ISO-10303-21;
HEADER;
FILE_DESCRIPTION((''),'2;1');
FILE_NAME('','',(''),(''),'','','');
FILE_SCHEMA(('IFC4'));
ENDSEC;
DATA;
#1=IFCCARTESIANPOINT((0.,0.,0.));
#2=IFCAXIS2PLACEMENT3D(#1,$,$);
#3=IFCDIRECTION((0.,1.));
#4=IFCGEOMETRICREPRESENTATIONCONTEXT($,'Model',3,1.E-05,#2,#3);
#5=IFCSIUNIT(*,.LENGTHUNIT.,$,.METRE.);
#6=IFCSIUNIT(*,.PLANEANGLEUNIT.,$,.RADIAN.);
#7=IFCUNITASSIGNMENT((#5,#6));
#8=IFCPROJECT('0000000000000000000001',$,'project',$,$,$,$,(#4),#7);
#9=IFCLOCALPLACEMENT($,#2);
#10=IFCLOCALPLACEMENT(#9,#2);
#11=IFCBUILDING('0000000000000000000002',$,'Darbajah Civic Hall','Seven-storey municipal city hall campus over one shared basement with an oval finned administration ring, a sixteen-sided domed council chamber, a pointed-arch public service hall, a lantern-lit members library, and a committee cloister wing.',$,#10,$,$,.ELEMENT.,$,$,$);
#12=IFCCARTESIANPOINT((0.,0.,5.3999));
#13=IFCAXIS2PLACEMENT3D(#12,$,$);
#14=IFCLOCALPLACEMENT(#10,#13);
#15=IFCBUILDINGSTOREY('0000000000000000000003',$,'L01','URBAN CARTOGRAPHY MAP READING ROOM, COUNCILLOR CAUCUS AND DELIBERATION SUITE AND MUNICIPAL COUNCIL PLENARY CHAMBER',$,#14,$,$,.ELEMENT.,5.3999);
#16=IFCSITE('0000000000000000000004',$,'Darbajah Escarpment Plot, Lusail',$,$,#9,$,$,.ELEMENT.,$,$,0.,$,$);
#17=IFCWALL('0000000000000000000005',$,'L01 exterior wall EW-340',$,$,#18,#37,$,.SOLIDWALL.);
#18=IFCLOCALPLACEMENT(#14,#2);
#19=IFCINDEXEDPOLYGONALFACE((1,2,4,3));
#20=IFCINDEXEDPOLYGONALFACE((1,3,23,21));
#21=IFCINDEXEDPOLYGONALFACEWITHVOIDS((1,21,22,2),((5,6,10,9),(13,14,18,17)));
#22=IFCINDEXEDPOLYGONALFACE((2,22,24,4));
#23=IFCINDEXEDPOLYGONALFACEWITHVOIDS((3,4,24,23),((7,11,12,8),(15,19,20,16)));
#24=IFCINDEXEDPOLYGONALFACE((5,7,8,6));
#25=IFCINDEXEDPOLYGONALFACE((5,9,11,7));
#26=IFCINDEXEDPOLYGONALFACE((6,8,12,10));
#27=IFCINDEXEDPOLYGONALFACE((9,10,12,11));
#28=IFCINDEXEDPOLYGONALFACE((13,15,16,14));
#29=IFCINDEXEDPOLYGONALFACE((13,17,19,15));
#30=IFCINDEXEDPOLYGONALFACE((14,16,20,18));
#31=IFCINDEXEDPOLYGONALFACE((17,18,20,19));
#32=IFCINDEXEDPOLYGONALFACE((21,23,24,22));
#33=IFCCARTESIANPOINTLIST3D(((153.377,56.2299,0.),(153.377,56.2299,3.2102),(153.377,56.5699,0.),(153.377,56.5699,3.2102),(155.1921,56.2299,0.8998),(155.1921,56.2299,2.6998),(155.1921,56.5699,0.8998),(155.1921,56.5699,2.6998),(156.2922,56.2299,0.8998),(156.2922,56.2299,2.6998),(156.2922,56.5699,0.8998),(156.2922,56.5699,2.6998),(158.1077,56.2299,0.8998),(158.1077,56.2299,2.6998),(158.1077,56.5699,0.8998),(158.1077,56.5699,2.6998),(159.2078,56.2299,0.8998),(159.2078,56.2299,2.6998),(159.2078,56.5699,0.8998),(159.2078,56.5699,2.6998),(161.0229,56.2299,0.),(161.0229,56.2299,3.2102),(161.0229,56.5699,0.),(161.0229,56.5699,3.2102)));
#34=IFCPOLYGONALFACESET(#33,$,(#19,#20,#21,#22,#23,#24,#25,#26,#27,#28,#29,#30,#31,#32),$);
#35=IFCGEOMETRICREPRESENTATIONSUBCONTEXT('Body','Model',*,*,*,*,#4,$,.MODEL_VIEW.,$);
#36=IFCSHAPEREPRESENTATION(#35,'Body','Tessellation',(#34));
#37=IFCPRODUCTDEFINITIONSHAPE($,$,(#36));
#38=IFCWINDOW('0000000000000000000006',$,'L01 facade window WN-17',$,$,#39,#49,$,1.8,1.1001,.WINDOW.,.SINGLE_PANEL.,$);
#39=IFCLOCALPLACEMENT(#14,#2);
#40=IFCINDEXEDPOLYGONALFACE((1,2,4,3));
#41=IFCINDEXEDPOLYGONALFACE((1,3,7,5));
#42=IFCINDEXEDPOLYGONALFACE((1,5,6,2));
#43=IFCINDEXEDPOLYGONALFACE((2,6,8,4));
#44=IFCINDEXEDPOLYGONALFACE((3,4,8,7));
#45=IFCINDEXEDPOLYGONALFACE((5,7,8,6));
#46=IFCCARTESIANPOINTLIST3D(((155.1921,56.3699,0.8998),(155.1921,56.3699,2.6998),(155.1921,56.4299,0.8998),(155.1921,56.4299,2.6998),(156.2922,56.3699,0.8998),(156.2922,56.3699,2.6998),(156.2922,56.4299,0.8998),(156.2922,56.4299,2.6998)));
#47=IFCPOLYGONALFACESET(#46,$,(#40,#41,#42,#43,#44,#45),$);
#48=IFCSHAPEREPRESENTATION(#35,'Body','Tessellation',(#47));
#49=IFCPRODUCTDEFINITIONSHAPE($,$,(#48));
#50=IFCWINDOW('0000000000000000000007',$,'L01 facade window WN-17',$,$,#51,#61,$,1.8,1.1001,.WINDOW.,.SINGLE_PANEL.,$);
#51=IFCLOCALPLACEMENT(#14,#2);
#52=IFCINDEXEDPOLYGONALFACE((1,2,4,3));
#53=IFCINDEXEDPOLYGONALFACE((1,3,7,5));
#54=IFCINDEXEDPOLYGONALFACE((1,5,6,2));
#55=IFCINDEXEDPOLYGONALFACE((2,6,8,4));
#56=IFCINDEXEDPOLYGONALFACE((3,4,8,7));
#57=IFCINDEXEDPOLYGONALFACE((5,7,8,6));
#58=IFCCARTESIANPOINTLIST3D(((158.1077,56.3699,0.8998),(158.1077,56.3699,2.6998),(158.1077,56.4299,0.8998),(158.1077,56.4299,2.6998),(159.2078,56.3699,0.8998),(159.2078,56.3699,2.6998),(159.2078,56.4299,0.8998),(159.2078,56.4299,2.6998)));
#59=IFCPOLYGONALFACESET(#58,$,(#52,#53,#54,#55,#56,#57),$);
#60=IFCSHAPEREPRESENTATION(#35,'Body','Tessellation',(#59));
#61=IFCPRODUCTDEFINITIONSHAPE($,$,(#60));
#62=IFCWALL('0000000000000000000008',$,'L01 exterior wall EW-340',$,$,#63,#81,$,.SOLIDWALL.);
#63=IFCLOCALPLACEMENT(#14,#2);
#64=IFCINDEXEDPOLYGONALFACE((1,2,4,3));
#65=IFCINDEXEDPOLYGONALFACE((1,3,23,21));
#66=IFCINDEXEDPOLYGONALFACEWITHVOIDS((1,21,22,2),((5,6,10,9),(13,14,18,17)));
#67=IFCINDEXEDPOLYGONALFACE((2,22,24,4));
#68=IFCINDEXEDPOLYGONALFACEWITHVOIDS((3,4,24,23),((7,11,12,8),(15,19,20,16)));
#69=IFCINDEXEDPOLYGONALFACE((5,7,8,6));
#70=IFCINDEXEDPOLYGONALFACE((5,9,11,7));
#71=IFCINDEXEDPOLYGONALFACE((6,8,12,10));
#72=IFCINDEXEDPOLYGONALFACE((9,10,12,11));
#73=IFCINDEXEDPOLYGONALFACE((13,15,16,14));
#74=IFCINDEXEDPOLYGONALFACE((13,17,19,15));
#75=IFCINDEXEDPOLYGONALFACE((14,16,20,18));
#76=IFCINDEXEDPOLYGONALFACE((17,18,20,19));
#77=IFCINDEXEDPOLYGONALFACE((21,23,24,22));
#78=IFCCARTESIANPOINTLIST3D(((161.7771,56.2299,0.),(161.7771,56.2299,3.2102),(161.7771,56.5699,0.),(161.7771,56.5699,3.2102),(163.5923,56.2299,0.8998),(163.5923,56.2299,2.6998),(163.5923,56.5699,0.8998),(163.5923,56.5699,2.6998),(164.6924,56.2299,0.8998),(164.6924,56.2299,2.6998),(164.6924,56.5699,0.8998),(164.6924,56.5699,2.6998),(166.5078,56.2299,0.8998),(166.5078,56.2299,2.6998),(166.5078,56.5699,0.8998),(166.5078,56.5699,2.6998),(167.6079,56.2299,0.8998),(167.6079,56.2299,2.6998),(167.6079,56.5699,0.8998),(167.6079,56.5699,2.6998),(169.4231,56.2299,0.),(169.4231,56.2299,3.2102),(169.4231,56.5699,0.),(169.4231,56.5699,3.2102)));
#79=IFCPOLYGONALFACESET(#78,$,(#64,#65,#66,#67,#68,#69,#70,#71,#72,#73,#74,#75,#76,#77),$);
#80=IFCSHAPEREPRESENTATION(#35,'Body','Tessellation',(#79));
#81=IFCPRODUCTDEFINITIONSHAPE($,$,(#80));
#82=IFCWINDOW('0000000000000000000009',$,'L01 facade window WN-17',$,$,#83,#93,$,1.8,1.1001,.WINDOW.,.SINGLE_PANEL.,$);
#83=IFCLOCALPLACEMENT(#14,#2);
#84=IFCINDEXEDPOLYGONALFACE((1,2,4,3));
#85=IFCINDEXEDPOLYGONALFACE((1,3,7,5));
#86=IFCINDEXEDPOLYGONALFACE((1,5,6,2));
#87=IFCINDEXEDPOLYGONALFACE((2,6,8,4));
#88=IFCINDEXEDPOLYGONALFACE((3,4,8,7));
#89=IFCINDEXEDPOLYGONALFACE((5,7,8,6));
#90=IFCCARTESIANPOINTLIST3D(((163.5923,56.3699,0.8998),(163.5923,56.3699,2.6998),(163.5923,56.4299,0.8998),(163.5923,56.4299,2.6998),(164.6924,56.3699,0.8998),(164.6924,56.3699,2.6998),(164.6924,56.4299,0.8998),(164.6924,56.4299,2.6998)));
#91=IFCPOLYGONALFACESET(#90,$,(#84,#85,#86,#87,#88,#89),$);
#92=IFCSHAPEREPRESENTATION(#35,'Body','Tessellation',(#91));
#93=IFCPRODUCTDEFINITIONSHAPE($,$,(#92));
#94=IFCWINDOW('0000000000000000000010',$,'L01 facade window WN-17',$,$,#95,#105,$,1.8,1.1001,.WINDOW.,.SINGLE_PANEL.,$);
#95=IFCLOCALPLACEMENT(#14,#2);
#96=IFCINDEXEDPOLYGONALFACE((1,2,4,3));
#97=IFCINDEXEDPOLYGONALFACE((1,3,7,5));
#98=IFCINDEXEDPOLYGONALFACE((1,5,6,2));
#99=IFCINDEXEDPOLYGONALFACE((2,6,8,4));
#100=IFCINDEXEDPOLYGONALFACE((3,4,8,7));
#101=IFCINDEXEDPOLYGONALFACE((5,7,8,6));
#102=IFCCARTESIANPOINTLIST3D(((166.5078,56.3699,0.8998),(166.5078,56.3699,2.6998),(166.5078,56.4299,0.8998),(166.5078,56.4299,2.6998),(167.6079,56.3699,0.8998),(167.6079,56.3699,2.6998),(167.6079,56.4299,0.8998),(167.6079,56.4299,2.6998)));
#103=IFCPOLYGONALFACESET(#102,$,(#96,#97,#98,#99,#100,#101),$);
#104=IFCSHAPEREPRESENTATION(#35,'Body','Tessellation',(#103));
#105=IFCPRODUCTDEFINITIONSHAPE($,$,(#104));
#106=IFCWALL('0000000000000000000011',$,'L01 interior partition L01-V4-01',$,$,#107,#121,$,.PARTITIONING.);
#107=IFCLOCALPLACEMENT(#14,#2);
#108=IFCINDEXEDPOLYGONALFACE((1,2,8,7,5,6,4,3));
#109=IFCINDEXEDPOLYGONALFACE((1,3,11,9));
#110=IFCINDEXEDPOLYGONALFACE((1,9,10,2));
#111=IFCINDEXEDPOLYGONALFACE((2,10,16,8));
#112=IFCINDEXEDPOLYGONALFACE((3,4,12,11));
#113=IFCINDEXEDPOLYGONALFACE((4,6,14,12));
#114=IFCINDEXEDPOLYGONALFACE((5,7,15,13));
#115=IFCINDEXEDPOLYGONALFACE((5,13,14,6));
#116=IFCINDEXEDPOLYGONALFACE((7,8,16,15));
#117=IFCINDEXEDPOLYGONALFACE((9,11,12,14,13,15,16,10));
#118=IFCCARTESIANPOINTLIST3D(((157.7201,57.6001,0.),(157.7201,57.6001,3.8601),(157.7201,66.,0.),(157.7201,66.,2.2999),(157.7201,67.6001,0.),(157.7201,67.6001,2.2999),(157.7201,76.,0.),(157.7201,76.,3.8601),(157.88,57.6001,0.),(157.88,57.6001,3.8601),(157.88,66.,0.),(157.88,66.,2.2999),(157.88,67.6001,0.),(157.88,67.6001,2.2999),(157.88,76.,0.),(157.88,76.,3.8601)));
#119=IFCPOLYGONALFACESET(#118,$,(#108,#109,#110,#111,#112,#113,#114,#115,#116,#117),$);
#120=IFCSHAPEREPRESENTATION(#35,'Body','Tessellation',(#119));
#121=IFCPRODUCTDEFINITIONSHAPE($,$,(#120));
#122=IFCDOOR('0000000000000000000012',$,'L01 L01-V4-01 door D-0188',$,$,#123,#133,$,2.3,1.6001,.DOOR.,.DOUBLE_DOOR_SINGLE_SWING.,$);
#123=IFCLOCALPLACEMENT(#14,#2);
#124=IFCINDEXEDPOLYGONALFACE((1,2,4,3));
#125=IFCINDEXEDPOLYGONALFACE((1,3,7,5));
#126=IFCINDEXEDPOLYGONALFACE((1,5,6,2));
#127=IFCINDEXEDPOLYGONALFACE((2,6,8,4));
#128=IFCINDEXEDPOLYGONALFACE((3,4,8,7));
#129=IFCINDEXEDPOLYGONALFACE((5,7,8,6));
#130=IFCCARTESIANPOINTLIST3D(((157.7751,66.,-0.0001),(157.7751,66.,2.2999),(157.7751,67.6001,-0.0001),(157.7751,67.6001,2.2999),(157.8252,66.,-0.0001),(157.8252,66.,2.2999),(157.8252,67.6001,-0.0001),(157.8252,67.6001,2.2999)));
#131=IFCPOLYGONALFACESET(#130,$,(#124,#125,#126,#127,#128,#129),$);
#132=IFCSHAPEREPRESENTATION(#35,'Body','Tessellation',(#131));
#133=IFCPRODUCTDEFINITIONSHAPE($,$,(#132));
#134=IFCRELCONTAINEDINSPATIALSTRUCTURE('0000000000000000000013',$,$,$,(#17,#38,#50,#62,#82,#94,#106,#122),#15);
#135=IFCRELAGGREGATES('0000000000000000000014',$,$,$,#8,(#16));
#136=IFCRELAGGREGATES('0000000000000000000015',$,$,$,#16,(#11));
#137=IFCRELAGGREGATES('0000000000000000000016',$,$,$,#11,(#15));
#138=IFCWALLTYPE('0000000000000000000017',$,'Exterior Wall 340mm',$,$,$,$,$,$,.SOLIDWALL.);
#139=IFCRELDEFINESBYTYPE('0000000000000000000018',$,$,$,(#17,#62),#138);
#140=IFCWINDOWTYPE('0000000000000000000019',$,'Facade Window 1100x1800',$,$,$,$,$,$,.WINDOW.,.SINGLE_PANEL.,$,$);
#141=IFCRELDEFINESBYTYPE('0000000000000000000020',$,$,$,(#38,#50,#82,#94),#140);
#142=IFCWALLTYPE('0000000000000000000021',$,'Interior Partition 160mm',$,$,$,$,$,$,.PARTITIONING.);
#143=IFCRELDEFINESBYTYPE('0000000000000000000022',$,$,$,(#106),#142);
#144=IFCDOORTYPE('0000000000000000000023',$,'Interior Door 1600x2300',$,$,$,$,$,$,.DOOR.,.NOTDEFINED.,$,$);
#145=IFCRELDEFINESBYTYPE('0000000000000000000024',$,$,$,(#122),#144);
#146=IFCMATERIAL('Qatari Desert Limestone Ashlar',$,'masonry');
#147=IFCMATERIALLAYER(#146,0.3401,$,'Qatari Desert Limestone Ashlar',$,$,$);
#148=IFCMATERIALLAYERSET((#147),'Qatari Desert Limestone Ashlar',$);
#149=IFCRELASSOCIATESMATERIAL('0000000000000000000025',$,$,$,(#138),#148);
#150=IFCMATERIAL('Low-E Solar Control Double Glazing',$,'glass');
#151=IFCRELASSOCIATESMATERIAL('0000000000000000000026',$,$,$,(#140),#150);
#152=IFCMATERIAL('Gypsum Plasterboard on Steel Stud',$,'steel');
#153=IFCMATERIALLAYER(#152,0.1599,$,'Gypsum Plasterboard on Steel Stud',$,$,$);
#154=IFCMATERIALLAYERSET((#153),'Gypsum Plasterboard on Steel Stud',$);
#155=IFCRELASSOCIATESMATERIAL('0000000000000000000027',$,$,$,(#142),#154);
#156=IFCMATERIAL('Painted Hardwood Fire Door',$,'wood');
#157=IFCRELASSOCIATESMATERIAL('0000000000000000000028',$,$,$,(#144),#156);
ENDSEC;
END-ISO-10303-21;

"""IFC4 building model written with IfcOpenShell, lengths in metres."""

from ifc_helpers import new_model, si_unit, direction, frame, frame_2d, origin, place, context, subcontext, project, spatial, rectangle, extrude, material, layer, layer_set, type_object, element, fill, save


model = new_model("IFC4")

# Units and contexts
model_context = context("Model", 3, precision=1e-05, world=origin(), true_north=direction((0.0, 1.0)))
body_context = subcontext(model_context, "Body", "Model", "MODEL_VIEW")
ifc_project = project(units=[si_unit("LENGTHUNIT", "METRE"), si_unit("PLANEANGLEUNIT", "RADIAN")], contexts=[model_context])

# Site, building, storey
site_placement = place(None, origin())
site = spatial("IfcSite", under=ifc_project, at=site_placement, Name="Darbajah Escarpment Plot, Lusail", CompositionType="ELEMENT", RefElevation=0.0)
building_placement = place(site_placement, origin())
building = spatial("IfcBuilding", under=site, at=building_placement, Name="Darbajah Civic Hall", Description="Seven-storey municipal city hall campus over one shared basement with an oval finned administration ring, a sixteen-sided domed council chamber, a pointed-arch public service hall, a lantern-lit members library, and a committee cloister wing.", CompositionType="ELEMENT")
storey_placement = place(building_placement, frame((0.0, 0.0, 5.3999)))
storey = spatial("IfcBuildingStorey", under=building, at=storey_placement, Name="L01", Description="URBAN CARTOGRAPHY MAP READING ROOM, COUNCILLOR CAUCUS AND DELIBERATION SUITE AND MUNICIPAL COUNCIL PLENARY CHAMBER", CompositionType="ELEMENT", Elevation=5.3999)

# Walls, openings, windows
ifc_material_1 = material(Name="Qatari Desert Limestone Ashlar", Category="masonry")
ifc_layer_1 = layer(ifc_material_1, 0.3401, Name="Qatari Desert Limestone Ashlar")
ifc_layer_set_1 = layer_set([ifc_layer_1], Name="Qatari Desert Limestone Ashlar")
wall_type_1 = type_object("IfcWallType", Name="Exterior Wall 340mm", PredefinedType="SOLIDWALL", material=ifc_layer_set_1)
wall_1_placement = place(storey_placement, frame((153.377, 56.3999, 0.0), z_axis=(0.0, 0.0, 1.0), x_axis=(1.0, 0.0, 0.0)))
wall_1 = element("IfcWall", 1, at=wall_1_placement, inside=storey, type_object=wall_type_1, Name="L01 exterior wall EW-340", PredefinedType="SOLIDWALL", context=body_context, shape_type="SweptSolid", body=[
    extrude(rectangle(XDim=7.646, YDim=0.3401, at=frame_2d((3.823, 0.0))), origin(), (0.0, 0.0, 1.0), 3.2102),
])
opening_1_placement = place(wall_1_placement, frame((1.8152, 0.0, 0.8999)))
opening_1 = element("IfcOpeningElement", 2, at=opening_1_placement, cuts=wall_1, PredefinedType="OPENING", context=body_context, shape_type="SweptSolid", body=[
    extrude(rectangle(XDim=1.1001, YDim=1.8, at=frame_2d((0.55, 0.8999))), frame((0.0, 0.1799, 0.0), z_axis=(0.0, -1.0, 0.0), x_axis=(1.0, 0.0, 0.0)), (0.0, 0.0, 1.0), 0.3601),
])
opening_2_placement = place(wall_1_placement, frame((4.7307, 0.0, 0.8999)))
opening_2 = element("IfcOpeningElement", 3, at=opening_2_placement, cuts=wall_1, PredefinedType="OPENING", context=body_context, shape_type="SweptSolid", body=[
    extrude(rectangle(XDim=1.1001, YDim=1.8, at=frame_2d((0.55, 0.8999))), frame((0.0, 0.1799, 0.0), z_axis=(0.0, -1.0, 0.0), x_axis=(1.0, 0.0, 0.0)), (0.0, 0.0, 1.0), 0.3601),
])
ifc_material_2 = material(Name="Low-E Solar Control Double Glazing", Category="glass")
window_type = type_object("IfcWindowType", Name="Facade Window 1100x1800", PartitioningType="SINGLE_PANEL", PredefinedType="WINDOW", material=ifc_material_2)
window_1_placement = place(opening_1_placement, origin())
window_1 = element("IfcWindow", 4, at=window_1_placement, inside=storey, type_object=window_type, Name="L01 facade window WN-17", OverallHeight=1.8, OverallWidth=1.1001, PartitioningType="SINGLE_PANEL", PredefinedType="WINDOW", context=body_context, shape_type="SweptSolid", body=[
    extrude(rectangle(XDim=1.1001, YDim=1.8, at=frame_2d((0.55, 0.8999))), frame((0.0, 0.03, 0.0), z_axis=(0.0, -1.0, 0.0), x_axis=(1.0, 0.0, 0.0)), (0.0, 0.0, 1.0), 0.0601),
])
fill(opening_1, window_1)
window_2_placement = place(opening_2_placement, origin())
window_2 = element("IfcWindow", 5, at=window_2_placement, inside=storey, type_object=window_type, Name="L01 facade window WN-17", OverallHeight=1.8, OverallWidth=1.1001, PartitioningType="SINGLE_PANEL", PredefinedType="WINDOW", context=body_context, shape_type="SweptSolid", body=[
    extrude(rectangle(XDim=1.1001, YDim=1.8, at=frame_2d((0.55, 0.8999))), frame((0.0, 0.03, 0.0), z_axis=(0.0, -1.0, 0.0), x_axis=(1.0, 0.0, 0.0)), (0.0, 0.0, 1.0), 0.0601),
])
fill(opening_2, window_2)
wall_2_placement = place(storey_placement, frame((161.7771, 56.3999, 0.0), z_axis=(0.0, 0.0, 1.0), x_axis=(1.0, 0.0, 0.0)))
wall_2 = element("IfcWall", 6, at=wall_2_placement, inside=storey, type_object=wall_type_1, Name="L01 exterior wall EW-340", PredefinedType="SOLIDWALL", context=body_context, shape_type="SweptSolid", body=[
    extrude(rectangle(XDim=7.646, YDim=0.3401, at=frame_2d((3.823, 0.0))), origin(), (0.0, 0.0, 1.0), 3.2102),
])
opening_3_placement = place(wall_2_placement, frame((1.8152, 0.0, 0.8999)))
opening_3 = element("IfcOpeningElement", 7, at=opening_3_placement, cuts=wall_2, PredefinedType="OPENING", context=body_context, shape_type="SweptSolid", body=[
    extrude(rectangle(XDim=1.1001, YDim=1.8, at=frame_2d((0.55, 0.8999))), frame((0.0, 0.1799, 0.0), z_axis=(0.0, -1.0, 0.0), x_axis=(1.0, 0.0, 0.0)), (0.0, 0.0, 1.0), 0.3601),
])
opening_4_placement = place(wall_2_placement, frame((4.7307, 0.0, 0.8999)))
opening_4 = element("IfcOpeningElement", 8, at=opening_4_placement, cuts=wall_2, PredefinedType="OPENING", context=body_context, shape_type="SweptSolid", body=[
    extrude(rectangle(XDim=1.1001, YDim=1.8, at=frame_2d((0.55, 0.8999))), frame((0.0, 0.1799, 0.0), z_axis=(0.0, -1.0, 0.0), x_axis=(1.0, 0.0, 0.0)), (0.0, 0.0, 1.0), 0.3601),
])
window_3_placement = place(opening_3_placement, origin())
window_3 = element("IfcWindow", 9, at=window_3_placement, inside=storey, type_object=window_type, Name="L01 facade window WN-17", OverallHeight=1.8, OverallWidth=1.1001, PartitioningType="SINGLE_PANEL", PredefinedType="WINDOW", context=body_context, shape_type="SweptSolid", body=[
    extrude(rectangle(XDim=1.1001, YDim=1.8, at=frame_2d((0.55, 0.8999))), frame((0.0, 0.03, 0.0), z_axis=(0.0, -1.0, 0.0), x_axis=(1.0, 0.0, 0.0)), (0.0, 0.0, 1.0), 0.0601),
])
fill(opening_3, window_3)
window_4_placement = place(opening_4_placement, origin())
window_4 = element("IfcWindow", 10, at=window_4_placement, inside=storey, type_object=window_type, Name="L01 facade window WN-17", OverallHeight=1.8, OverallWidth=1.1001, PartitioningType="SINGLE_PANEL", PredefinedType="WINDOW", context=body_context, shape_type="SweptSolid", body=[
    extrude(rectangle(XDim=1.1001, YDim=1.8, at=frame_2d((0.55, 0.8999))), frame((0.0, 0.03, 0.0), z_axis=(0.0, -1.0, 0.0), x_axis=(1.0, 0.0, 0.0)), (0.0, 0.0, 1.0), 0.0601),
])
fill(opening_4, window_4)

# Wall, opening, door
ifc_material_3 = material(Name="Gypsum Plasterboard on Steel Stud", Category="steel")
ifc_layer_2 = layer(ifc_material_3, 0.1599, Name="Gypsum Plasterboard on Steel Stud")
ifc_layer_set_2 = layer_set([ifc_layer_2], Name="Gypsum Plasterboard on Steel Stud")
wall_type_2 = type_object("IfcWallType", Name="Interior Partition 160mm", PredefinedType="PARTITIONING", material=ifc_layer_set_2)
wall_3_placement = place(storey_placement, frame((157.8, 57.6001, 0.0), z_axis=(0.0, 0.0, 1.0), x_axis=(0.0, 1.0, 0.0)))
wall_3 = element("IfcWall", 11, at=wall_3_placement, inside=storey, type_object=wall_type_2, Name="L01 interior partition L01-V4-01", PredefinedType="PARTITIONING", context=body_context, shape_type="SweptSolid", body=[
    extrude(rectangle(XDim=18.3999, YDim=0.1599, at=frame_2d((9.2, 0.0))), origin(), (0.0, 0.0, 1.0), 3.8601),
])
opening_5_placement = place(wall_3_placement, frame((8.3999, 0.0, 0.0)))
opening_5 = element("IfcOpeningElement", 12, at=opening_5_placement, cuts=wall_3, PredefinedType="OPENING", context=body_context, shape_type="SweptSolid", body=[
    extrude(rectangle(XDim=1.6001, YDim=2.3, at=frame_2d((0.8, 1.1499))), frame((0.0, 0.0898, 0.0), z_axis=(0.0, -1.0, 0.0), x_axis=(1.0, 0.0, 0.0)), (0.0, 0.0, 1.0), 0.1799),
])
ifc_material_4 = material(Name="Painted Hardwood Fire Door", Category="wood")
door_type_1 = type_object("IfcDoorType", Name="Interior Door 1600x2300", OperationType="NOTDEFINED", PredefinedType="DOOR", material=ifc_material_4)
door_1_placement = place(opening_5_placement, origin())
door_1 = element("IfcDoor", 13, at=door_1_placement, inside=storey, type_object=door_type_1, Name="L01 L01-V4-01 door D-0188", OperationType="DOUBLE_DOOR_SINGLE_SWING", OverallHeight=2.3, OverallWidth=1.6001, PredefinedType="DOOR", context=body_context, shape_type="SweptSolid", body=[
    extrude(rectangle(XDim=1.6001, YDim=2.3, at=frame_2d((0.8, 1.1499))), frame((0.0, 0.0249, 0.0), z_axis=(0.0, -1.0, 0.0), x_axis=(1.0, 0.0, 0.0)), (0.0, 0.0, 1.0), 0.05),
])
fill(opening_5, door_1)

save(model, "model.ifc")
